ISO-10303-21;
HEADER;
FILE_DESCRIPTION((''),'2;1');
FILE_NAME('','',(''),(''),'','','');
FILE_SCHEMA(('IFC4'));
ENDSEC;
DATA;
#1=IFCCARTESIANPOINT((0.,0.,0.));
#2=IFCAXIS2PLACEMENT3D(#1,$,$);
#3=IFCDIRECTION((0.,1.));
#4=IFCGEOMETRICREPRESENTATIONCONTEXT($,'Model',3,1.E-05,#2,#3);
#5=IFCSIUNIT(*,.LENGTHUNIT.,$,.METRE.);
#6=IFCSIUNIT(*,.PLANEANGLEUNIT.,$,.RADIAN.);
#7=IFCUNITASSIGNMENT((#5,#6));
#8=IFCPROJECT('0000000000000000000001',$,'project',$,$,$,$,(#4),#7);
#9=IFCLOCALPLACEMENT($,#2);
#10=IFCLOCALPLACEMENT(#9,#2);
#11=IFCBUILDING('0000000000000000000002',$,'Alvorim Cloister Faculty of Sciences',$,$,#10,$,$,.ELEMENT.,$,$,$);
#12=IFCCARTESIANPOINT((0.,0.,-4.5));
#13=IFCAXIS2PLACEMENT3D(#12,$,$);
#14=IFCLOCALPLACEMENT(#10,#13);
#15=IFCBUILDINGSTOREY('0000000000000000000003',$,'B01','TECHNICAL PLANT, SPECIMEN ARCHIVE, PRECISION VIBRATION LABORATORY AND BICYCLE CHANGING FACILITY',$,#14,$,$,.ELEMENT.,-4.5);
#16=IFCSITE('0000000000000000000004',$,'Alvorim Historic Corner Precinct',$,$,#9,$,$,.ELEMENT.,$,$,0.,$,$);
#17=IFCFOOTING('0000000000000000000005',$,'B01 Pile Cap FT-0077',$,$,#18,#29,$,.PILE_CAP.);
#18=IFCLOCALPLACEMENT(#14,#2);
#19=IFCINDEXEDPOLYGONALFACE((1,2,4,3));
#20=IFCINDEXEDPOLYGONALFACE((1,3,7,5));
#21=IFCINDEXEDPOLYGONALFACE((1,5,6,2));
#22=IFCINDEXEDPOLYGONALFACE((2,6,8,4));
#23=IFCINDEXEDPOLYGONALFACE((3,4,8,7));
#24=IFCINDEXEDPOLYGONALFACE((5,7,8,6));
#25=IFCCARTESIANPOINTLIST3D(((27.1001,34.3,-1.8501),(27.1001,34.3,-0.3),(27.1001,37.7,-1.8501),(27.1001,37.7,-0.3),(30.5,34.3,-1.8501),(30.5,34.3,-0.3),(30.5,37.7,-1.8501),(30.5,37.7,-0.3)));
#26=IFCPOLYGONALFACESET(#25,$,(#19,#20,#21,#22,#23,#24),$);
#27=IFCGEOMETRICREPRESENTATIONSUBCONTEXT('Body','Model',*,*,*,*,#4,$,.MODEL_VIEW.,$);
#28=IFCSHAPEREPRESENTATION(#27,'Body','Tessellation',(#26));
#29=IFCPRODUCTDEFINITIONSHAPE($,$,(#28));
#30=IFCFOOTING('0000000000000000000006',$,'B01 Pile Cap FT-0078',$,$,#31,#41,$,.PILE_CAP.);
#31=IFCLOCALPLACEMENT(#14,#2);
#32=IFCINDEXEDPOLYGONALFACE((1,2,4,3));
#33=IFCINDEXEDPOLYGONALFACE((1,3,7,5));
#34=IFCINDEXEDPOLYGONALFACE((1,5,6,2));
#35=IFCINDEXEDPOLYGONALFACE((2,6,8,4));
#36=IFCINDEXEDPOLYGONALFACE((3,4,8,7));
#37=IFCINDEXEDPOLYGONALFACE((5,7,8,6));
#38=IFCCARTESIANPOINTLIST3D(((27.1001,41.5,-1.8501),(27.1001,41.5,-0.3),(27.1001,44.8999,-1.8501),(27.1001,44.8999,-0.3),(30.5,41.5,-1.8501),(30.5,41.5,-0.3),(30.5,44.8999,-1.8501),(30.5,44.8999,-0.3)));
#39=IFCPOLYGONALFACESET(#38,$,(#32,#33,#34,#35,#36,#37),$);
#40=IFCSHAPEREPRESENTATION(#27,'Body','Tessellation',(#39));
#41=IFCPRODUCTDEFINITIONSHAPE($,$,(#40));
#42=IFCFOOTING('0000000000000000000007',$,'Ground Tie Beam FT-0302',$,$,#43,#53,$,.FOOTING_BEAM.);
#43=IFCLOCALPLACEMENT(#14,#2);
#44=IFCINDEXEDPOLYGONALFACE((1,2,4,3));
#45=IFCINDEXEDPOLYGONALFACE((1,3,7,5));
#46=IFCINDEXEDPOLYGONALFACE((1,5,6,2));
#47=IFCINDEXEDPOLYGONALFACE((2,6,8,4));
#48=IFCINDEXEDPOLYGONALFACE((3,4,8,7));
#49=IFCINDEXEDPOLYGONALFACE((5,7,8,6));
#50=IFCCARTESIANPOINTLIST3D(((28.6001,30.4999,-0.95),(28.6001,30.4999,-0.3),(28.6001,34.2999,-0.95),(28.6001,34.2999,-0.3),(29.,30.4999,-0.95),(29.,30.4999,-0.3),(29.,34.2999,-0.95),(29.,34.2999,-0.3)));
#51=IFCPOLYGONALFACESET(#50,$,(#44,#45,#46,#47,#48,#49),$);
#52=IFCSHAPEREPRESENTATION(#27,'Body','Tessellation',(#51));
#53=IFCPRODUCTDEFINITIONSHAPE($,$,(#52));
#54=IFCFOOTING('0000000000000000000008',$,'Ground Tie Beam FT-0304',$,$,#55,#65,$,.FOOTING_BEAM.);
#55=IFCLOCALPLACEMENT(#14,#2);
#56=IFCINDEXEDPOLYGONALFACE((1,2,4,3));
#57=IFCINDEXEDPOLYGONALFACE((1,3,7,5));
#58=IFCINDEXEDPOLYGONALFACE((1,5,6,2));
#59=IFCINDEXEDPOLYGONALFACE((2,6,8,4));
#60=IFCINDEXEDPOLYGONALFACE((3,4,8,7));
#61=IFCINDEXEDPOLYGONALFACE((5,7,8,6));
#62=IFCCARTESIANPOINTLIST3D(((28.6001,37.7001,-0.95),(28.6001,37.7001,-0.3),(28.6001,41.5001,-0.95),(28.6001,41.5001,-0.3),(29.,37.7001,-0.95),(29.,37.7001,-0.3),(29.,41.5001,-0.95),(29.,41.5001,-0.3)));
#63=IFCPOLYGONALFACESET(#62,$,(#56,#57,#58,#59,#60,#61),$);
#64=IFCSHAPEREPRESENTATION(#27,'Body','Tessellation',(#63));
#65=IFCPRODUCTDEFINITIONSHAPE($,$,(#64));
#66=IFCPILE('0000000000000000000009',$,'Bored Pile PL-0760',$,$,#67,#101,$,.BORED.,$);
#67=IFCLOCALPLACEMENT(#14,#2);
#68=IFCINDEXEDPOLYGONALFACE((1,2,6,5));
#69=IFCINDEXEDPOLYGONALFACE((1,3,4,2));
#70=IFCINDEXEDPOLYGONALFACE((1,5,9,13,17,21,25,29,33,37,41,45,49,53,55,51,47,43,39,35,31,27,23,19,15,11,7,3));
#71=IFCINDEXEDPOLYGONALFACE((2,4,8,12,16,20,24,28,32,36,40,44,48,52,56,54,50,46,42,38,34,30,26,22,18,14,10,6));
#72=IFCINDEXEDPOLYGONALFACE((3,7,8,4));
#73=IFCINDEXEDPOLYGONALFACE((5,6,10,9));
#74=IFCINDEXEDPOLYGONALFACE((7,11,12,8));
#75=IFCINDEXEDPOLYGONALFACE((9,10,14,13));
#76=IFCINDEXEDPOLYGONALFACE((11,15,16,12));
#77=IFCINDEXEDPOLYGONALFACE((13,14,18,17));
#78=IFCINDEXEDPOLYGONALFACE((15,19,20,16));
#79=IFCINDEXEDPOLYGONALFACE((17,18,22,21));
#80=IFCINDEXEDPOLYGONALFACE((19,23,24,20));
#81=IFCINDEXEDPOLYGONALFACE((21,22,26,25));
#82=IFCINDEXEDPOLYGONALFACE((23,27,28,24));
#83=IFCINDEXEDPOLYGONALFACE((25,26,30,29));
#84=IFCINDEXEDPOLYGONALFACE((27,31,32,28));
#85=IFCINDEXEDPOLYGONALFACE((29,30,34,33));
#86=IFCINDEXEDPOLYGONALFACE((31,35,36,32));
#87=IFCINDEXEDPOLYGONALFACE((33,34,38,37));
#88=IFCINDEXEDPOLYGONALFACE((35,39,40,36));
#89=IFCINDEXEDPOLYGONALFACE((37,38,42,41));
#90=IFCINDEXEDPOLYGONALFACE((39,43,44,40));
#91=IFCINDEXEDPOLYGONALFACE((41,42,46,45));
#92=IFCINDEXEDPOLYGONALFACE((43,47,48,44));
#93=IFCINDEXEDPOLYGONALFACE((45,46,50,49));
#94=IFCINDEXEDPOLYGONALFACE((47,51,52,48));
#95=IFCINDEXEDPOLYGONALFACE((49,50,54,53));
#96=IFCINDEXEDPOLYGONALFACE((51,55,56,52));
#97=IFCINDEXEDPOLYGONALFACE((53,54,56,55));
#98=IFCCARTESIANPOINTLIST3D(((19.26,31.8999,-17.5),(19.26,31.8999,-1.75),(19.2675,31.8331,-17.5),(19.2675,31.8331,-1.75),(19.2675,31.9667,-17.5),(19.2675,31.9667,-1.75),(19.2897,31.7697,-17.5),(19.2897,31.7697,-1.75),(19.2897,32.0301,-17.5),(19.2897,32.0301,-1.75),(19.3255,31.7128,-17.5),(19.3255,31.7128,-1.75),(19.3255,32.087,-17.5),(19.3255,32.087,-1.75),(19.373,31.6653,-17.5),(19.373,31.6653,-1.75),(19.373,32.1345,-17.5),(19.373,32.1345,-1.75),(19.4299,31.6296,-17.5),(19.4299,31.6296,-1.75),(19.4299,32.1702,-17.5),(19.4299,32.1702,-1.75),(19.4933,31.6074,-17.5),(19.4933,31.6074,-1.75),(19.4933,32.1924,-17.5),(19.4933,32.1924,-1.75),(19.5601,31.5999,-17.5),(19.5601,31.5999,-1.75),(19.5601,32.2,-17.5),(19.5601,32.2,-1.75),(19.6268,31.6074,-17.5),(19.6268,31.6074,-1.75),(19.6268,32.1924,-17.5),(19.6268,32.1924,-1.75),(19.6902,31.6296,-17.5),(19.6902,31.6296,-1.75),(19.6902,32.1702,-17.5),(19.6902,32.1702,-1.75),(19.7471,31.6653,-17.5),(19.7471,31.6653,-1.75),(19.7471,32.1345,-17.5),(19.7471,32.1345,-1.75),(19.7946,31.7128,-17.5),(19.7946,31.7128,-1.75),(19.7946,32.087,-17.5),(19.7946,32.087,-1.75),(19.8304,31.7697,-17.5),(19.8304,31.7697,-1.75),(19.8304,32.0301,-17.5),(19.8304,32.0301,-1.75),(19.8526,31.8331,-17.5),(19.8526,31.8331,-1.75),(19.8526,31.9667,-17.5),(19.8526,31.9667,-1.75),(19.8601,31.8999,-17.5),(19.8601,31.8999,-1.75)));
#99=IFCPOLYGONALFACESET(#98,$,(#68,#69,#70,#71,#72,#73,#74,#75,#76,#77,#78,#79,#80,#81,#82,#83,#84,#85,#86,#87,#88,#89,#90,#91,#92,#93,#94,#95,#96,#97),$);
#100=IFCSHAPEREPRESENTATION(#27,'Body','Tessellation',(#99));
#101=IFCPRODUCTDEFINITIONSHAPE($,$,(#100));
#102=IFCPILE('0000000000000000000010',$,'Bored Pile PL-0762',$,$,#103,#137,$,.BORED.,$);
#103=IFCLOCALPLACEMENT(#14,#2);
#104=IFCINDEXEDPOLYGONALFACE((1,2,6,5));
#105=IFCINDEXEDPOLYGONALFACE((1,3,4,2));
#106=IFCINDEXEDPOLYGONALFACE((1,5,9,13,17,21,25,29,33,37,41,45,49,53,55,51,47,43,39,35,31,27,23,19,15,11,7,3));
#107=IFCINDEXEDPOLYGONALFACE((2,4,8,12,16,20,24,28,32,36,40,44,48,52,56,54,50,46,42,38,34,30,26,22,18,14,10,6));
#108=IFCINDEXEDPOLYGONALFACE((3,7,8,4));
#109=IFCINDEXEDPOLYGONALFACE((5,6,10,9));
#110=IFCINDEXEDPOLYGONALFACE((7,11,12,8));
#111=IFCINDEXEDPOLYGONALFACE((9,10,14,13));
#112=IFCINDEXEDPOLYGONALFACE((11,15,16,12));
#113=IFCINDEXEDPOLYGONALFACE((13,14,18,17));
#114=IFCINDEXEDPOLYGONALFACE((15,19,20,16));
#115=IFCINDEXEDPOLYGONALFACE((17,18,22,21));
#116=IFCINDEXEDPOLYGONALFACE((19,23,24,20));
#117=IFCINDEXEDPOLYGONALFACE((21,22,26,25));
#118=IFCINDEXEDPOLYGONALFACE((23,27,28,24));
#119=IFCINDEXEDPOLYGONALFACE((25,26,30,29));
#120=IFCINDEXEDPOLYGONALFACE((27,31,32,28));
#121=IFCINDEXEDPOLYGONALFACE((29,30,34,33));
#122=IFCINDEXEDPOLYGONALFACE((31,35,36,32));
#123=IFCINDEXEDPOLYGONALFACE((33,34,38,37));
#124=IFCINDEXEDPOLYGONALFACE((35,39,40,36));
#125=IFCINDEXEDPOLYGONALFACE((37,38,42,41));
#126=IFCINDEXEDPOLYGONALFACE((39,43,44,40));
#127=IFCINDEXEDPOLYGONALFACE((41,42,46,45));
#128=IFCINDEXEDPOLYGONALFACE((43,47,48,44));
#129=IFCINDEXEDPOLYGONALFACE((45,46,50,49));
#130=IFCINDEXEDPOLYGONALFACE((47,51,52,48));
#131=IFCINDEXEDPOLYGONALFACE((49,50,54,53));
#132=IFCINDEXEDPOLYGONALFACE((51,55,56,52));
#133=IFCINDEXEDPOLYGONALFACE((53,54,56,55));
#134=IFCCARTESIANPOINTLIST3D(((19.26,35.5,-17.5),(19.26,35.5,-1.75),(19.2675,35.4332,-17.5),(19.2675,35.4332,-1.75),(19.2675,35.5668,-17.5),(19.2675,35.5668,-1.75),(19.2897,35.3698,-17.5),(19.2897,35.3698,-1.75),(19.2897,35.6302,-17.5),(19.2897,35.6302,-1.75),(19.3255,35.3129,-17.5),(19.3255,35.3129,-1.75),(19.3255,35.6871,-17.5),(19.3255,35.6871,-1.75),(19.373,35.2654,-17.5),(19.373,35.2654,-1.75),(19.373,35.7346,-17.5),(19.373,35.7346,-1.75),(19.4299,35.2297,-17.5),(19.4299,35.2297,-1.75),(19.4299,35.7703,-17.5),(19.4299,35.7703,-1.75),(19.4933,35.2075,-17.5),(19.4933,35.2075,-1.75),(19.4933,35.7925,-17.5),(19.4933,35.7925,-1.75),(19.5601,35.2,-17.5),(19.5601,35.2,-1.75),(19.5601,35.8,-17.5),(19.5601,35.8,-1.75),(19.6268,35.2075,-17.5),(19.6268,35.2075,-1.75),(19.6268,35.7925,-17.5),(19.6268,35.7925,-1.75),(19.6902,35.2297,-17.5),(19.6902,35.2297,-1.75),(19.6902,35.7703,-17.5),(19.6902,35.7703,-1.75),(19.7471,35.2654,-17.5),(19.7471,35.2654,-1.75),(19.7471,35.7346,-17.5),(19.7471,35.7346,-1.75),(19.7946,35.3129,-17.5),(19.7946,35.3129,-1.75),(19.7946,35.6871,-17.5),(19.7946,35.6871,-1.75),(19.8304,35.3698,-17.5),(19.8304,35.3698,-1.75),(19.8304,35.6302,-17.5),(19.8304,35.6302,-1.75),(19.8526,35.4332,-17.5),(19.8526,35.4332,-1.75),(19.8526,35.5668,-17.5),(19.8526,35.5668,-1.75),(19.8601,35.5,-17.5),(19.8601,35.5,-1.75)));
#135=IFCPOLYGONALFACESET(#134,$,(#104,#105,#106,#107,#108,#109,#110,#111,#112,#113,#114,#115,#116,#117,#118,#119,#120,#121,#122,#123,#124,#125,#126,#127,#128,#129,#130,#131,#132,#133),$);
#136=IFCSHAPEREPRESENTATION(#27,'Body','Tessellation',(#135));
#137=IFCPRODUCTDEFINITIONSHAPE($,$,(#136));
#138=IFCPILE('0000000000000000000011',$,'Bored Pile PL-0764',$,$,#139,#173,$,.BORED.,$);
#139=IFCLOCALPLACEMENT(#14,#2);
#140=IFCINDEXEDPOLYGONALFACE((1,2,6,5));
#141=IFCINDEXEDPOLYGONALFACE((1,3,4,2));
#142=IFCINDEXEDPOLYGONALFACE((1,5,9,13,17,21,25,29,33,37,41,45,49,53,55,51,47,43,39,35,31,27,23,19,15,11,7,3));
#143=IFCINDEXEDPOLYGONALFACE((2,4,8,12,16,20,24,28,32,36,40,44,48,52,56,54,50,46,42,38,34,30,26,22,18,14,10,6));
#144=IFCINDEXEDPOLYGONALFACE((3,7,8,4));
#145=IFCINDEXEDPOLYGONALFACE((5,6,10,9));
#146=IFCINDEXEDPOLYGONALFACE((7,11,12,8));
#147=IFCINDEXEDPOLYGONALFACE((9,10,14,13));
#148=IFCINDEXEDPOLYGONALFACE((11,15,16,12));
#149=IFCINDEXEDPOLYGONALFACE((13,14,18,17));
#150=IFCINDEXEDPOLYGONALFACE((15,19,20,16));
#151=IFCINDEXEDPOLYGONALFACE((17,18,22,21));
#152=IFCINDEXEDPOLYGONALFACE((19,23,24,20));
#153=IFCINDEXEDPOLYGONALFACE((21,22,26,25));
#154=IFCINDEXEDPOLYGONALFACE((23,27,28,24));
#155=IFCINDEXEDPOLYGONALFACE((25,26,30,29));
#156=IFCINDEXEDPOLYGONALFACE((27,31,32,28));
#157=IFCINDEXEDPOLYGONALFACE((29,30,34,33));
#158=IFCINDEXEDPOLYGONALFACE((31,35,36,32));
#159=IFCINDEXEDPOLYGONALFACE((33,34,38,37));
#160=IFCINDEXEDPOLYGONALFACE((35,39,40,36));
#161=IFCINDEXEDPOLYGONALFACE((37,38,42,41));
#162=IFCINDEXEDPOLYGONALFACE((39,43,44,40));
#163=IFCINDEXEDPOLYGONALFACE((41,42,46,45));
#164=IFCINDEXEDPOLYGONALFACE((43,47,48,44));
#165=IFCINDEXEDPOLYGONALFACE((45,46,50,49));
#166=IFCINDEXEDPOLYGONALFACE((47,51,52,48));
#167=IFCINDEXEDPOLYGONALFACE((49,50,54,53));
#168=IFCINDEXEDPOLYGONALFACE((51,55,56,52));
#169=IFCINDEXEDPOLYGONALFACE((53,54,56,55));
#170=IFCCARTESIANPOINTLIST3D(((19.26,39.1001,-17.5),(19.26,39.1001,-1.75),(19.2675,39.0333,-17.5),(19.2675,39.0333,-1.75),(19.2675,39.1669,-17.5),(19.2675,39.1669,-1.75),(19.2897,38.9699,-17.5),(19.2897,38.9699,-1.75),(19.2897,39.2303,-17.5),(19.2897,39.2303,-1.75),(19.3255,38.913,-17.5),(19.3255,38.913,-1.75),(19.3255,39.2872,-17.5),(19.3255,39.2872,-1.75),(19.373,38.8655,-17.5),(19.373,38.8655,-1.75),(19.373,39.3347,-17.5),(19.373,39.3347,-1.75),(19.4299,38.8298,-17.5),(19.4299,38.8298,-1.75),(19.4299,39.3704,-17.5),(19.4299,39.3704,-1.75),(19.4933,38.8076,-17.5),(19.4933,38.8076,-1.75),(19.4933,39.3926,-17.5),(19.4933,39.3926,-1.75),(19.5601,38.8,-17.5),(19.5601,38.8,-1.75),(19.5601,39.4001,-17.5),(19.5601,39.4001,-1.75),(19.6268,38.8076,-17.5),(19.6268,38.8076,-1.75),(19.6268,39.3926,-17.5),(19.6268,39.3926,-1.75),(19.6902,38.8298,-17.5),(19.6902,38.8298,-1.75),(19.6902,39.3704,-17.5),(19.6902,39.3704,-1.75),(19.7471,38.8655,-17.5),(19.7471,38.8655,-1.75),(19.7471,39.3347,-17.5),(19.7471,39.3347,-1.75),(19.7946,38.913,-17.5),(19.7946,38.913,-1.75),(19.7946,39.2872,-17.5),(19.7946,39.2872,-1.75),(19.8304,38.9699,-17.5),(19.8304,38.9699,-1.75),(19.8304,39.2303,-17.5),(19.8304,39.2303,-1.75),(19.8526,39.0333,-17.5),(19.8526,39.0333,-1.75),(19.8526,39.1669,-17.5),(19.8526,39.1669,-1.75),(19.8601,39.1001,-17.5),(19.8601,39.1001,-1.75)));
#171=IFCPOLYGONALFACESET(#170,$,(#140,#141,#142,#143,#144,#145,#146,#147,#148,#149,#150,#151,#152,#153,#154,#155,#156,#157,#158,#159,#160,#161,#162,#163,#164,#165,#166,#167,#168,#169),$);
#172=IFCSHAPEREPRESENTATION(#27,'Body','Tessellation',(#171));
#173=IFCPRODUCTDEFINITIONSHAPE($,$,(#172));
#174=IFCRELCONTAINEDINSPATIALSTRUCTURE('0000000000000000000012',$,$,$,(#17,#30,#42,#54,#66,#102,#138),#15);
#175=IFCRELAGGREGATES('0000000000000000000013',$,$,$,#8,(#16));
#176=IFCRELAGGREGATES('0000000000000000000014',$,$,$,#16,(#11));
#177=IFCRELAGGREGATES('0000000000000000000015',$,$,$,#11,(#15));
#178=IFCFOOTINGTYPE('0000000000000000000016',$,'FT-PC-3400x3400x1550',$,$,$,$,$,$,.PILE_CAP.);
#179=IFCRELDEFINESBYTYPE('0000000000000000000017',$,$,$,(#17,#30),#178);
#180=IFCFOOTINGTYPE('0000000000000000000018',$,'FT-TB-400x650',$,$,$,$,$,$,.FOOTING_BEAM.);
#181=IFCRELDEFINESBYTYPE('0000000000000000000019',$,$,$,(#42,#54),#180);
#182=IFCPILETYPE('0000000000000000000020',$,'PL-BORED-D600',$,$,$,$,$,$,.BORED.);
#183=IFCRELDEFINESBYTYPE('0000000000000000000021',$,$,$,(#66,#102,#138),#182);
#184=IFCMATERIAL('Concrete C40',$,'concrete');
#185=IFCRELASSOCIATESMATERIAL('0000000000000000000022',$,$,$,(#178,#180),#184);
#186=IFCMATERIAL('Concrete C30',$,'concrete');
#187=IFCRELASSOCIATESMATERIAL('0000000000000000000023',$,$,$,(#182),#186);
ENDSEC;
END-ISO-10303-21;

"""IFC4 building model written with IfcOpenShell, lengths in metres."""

from ifc_helpers import new_model, si_unit, direction, frame, origin, origin_2d, place, context, subcontext, project, spatial, rectangle, circle, extrude, material, material_profile, profile_set, type_object, element, save


model = new_model("IFC4")

# Units and contexts
model_context = context("Model", 3, precision=1e-05, world=origin(), true_north=direction((0.0, 1.0)))
body_context = subcontext(model_context, "Body", "Model", "MODEL_VIEW")
ifc_project = project(units=[si_unit("LENGTHUNIT", "METRE"), si_unit("PLANEANGLEUNIT", "RADIAN")], contexts=[model_context])

# Site, building, storey
site_placement = place(None, origin())
site = spatial("IfcSite", under=ifc_project, at=site_placement, Name="Alvorim Historic Corner Precinct", CompositionType="ELEMENT", RefElevation=0.0)
building_placement = place(site_placement, origin())
building = spatial("IfcBuilding", under=site, at=building_placement, Name="Alvorim Cloister Faculty of Sciences", CompositionType="ELEMENT")
storey_placement = place(building_placement, frame((0.0, 0.0, -4.5)))
storey = spatial("IfcBuildingStorey", under=building, at=storey_placement, Name="B01", Description="TECHNICAL PLANT, SPECIMEN ARCHIVE, PRECISION VIBRATION LABORATORY AND BICYCLE CHANGING FACILITY", CompositionType="ELEMENT", Elevation=-4.5)

# Footings
ifc_material_1 = material(Name="Concrete C40", Category="concrete")
footing_type_1 = type_object("IfcFootingType", Name="FT-PC-3400x3400x1550", PredefinedType="PILE_CAP", material=ifc_material_1)
for number, where, z_axis, x_axis, name in (
    (1, (28.8, 36.0, -1.8501), (0.0, 0.0, 1.0), (1.0, 0.0, 0.0), "B01 Pile Cap FT-0077"),
    (2, (28.8, 43.2, -1.8501), (0.0, 0.0, 1.0), (1.0, 0.0, 0.0), "B01 Pile Cap FT-0078"),
):
    element("IfcFooting", number, at=place(storey_placement, frame(where, z_axis=z_axis, x_axis=x_axis)), inside=storey, type_object=footing_type_1, Name=name, PredefinedType="PILE_CAP", context=body_context, shape_type="SweptSolid", body=[
        extrude(rectangle(XDim=3.3999, YDim=3.3999, at=origin_2d()), origin(), (0.0, 0.0, 1.0), 1.55),
    ])
footing_type_2 = type_object("IfcFootingType", Name="FT-TB-400x650", PredefinedType="FOOTING_BEAM", material=ifc_material_1)
for number, where, z_axis, x_axis, name in (
    (3, (28.8, 32.3999, -0.95), (0.0, 0.0, 1.0), (1.0, 0.0, 0.0), "Ground Tie Beam FT-0302"),
    (4, (28.8, 39.6001, -0.95), (0.0, 0.0, 1.0), (1.0, 0.0, 0.0), "Ground Tie Beam FT-0304"),
):
    element("IfcFooting", number, at=place(storey_placement, frame(where, z_axis=z_axis, x_axis=x_axis)), inside=storey, type_object=footing_type_2, Name=name, PredefinedType="FOOTING_BEAM", context=body_context, shape_type="SweptSolid", body=[
        extrude(rectangle(XDim=0.3999, YDim=3.8, at=origin_2d()), origin(), (0.0, 0.0, 1.0), 0.6499),
    ])

# Piles
ifc_material_2 = material(Name="Concrete C30", Category="concrete")
ifc_material_profile_1 = material_profile(ifc_material_2, circle(Radius=0.3, at=origin_2d()), Name="PILE-D600")
ifc_profile_set_1 = profile_set([ifc_material_profile_1], Name="Concrete C30")
pile_type_1 = type_object("IfcPileType", Name="PL-BORED-D600", PredefinedType="BORED", material=ifc_profile_set_1)
for number, where, z_axis, x_axis, name in (
    (5, (19.5601, 31.8999, -1.75), (0.0, 0.0, -1.0), (1.0, 0.0, 0.0), "Bored Pile PL-0760"),
    (6, (19.5601, 35.5, -1.75), (0.0, 0.0, -1.0), (1.0, 0.0, 0.0), "Bored Pile PL-0762"),
    (7, (19.5601, 39.1001, -1.75), (0.0, 0.0, -1.0), (1.0, 0.0, 0.0), "Bored Pile PL-0764"),
):
    element("IfcPile", number, at=place(storey_placement, frame(where, z_axis=z_axis, x_axis=x_axis)), inside=storey, type_object=pile_type_1, Name=name, PredefinedType="BORED", context=body_context, shape_type="SweptSolid", body=[
        extrude(circle(Radius=0.3, at=origin_2d()), origin(), (0.0, 0.0, 1.0), 15.75),
    ])

save(model, "model.ifc")
